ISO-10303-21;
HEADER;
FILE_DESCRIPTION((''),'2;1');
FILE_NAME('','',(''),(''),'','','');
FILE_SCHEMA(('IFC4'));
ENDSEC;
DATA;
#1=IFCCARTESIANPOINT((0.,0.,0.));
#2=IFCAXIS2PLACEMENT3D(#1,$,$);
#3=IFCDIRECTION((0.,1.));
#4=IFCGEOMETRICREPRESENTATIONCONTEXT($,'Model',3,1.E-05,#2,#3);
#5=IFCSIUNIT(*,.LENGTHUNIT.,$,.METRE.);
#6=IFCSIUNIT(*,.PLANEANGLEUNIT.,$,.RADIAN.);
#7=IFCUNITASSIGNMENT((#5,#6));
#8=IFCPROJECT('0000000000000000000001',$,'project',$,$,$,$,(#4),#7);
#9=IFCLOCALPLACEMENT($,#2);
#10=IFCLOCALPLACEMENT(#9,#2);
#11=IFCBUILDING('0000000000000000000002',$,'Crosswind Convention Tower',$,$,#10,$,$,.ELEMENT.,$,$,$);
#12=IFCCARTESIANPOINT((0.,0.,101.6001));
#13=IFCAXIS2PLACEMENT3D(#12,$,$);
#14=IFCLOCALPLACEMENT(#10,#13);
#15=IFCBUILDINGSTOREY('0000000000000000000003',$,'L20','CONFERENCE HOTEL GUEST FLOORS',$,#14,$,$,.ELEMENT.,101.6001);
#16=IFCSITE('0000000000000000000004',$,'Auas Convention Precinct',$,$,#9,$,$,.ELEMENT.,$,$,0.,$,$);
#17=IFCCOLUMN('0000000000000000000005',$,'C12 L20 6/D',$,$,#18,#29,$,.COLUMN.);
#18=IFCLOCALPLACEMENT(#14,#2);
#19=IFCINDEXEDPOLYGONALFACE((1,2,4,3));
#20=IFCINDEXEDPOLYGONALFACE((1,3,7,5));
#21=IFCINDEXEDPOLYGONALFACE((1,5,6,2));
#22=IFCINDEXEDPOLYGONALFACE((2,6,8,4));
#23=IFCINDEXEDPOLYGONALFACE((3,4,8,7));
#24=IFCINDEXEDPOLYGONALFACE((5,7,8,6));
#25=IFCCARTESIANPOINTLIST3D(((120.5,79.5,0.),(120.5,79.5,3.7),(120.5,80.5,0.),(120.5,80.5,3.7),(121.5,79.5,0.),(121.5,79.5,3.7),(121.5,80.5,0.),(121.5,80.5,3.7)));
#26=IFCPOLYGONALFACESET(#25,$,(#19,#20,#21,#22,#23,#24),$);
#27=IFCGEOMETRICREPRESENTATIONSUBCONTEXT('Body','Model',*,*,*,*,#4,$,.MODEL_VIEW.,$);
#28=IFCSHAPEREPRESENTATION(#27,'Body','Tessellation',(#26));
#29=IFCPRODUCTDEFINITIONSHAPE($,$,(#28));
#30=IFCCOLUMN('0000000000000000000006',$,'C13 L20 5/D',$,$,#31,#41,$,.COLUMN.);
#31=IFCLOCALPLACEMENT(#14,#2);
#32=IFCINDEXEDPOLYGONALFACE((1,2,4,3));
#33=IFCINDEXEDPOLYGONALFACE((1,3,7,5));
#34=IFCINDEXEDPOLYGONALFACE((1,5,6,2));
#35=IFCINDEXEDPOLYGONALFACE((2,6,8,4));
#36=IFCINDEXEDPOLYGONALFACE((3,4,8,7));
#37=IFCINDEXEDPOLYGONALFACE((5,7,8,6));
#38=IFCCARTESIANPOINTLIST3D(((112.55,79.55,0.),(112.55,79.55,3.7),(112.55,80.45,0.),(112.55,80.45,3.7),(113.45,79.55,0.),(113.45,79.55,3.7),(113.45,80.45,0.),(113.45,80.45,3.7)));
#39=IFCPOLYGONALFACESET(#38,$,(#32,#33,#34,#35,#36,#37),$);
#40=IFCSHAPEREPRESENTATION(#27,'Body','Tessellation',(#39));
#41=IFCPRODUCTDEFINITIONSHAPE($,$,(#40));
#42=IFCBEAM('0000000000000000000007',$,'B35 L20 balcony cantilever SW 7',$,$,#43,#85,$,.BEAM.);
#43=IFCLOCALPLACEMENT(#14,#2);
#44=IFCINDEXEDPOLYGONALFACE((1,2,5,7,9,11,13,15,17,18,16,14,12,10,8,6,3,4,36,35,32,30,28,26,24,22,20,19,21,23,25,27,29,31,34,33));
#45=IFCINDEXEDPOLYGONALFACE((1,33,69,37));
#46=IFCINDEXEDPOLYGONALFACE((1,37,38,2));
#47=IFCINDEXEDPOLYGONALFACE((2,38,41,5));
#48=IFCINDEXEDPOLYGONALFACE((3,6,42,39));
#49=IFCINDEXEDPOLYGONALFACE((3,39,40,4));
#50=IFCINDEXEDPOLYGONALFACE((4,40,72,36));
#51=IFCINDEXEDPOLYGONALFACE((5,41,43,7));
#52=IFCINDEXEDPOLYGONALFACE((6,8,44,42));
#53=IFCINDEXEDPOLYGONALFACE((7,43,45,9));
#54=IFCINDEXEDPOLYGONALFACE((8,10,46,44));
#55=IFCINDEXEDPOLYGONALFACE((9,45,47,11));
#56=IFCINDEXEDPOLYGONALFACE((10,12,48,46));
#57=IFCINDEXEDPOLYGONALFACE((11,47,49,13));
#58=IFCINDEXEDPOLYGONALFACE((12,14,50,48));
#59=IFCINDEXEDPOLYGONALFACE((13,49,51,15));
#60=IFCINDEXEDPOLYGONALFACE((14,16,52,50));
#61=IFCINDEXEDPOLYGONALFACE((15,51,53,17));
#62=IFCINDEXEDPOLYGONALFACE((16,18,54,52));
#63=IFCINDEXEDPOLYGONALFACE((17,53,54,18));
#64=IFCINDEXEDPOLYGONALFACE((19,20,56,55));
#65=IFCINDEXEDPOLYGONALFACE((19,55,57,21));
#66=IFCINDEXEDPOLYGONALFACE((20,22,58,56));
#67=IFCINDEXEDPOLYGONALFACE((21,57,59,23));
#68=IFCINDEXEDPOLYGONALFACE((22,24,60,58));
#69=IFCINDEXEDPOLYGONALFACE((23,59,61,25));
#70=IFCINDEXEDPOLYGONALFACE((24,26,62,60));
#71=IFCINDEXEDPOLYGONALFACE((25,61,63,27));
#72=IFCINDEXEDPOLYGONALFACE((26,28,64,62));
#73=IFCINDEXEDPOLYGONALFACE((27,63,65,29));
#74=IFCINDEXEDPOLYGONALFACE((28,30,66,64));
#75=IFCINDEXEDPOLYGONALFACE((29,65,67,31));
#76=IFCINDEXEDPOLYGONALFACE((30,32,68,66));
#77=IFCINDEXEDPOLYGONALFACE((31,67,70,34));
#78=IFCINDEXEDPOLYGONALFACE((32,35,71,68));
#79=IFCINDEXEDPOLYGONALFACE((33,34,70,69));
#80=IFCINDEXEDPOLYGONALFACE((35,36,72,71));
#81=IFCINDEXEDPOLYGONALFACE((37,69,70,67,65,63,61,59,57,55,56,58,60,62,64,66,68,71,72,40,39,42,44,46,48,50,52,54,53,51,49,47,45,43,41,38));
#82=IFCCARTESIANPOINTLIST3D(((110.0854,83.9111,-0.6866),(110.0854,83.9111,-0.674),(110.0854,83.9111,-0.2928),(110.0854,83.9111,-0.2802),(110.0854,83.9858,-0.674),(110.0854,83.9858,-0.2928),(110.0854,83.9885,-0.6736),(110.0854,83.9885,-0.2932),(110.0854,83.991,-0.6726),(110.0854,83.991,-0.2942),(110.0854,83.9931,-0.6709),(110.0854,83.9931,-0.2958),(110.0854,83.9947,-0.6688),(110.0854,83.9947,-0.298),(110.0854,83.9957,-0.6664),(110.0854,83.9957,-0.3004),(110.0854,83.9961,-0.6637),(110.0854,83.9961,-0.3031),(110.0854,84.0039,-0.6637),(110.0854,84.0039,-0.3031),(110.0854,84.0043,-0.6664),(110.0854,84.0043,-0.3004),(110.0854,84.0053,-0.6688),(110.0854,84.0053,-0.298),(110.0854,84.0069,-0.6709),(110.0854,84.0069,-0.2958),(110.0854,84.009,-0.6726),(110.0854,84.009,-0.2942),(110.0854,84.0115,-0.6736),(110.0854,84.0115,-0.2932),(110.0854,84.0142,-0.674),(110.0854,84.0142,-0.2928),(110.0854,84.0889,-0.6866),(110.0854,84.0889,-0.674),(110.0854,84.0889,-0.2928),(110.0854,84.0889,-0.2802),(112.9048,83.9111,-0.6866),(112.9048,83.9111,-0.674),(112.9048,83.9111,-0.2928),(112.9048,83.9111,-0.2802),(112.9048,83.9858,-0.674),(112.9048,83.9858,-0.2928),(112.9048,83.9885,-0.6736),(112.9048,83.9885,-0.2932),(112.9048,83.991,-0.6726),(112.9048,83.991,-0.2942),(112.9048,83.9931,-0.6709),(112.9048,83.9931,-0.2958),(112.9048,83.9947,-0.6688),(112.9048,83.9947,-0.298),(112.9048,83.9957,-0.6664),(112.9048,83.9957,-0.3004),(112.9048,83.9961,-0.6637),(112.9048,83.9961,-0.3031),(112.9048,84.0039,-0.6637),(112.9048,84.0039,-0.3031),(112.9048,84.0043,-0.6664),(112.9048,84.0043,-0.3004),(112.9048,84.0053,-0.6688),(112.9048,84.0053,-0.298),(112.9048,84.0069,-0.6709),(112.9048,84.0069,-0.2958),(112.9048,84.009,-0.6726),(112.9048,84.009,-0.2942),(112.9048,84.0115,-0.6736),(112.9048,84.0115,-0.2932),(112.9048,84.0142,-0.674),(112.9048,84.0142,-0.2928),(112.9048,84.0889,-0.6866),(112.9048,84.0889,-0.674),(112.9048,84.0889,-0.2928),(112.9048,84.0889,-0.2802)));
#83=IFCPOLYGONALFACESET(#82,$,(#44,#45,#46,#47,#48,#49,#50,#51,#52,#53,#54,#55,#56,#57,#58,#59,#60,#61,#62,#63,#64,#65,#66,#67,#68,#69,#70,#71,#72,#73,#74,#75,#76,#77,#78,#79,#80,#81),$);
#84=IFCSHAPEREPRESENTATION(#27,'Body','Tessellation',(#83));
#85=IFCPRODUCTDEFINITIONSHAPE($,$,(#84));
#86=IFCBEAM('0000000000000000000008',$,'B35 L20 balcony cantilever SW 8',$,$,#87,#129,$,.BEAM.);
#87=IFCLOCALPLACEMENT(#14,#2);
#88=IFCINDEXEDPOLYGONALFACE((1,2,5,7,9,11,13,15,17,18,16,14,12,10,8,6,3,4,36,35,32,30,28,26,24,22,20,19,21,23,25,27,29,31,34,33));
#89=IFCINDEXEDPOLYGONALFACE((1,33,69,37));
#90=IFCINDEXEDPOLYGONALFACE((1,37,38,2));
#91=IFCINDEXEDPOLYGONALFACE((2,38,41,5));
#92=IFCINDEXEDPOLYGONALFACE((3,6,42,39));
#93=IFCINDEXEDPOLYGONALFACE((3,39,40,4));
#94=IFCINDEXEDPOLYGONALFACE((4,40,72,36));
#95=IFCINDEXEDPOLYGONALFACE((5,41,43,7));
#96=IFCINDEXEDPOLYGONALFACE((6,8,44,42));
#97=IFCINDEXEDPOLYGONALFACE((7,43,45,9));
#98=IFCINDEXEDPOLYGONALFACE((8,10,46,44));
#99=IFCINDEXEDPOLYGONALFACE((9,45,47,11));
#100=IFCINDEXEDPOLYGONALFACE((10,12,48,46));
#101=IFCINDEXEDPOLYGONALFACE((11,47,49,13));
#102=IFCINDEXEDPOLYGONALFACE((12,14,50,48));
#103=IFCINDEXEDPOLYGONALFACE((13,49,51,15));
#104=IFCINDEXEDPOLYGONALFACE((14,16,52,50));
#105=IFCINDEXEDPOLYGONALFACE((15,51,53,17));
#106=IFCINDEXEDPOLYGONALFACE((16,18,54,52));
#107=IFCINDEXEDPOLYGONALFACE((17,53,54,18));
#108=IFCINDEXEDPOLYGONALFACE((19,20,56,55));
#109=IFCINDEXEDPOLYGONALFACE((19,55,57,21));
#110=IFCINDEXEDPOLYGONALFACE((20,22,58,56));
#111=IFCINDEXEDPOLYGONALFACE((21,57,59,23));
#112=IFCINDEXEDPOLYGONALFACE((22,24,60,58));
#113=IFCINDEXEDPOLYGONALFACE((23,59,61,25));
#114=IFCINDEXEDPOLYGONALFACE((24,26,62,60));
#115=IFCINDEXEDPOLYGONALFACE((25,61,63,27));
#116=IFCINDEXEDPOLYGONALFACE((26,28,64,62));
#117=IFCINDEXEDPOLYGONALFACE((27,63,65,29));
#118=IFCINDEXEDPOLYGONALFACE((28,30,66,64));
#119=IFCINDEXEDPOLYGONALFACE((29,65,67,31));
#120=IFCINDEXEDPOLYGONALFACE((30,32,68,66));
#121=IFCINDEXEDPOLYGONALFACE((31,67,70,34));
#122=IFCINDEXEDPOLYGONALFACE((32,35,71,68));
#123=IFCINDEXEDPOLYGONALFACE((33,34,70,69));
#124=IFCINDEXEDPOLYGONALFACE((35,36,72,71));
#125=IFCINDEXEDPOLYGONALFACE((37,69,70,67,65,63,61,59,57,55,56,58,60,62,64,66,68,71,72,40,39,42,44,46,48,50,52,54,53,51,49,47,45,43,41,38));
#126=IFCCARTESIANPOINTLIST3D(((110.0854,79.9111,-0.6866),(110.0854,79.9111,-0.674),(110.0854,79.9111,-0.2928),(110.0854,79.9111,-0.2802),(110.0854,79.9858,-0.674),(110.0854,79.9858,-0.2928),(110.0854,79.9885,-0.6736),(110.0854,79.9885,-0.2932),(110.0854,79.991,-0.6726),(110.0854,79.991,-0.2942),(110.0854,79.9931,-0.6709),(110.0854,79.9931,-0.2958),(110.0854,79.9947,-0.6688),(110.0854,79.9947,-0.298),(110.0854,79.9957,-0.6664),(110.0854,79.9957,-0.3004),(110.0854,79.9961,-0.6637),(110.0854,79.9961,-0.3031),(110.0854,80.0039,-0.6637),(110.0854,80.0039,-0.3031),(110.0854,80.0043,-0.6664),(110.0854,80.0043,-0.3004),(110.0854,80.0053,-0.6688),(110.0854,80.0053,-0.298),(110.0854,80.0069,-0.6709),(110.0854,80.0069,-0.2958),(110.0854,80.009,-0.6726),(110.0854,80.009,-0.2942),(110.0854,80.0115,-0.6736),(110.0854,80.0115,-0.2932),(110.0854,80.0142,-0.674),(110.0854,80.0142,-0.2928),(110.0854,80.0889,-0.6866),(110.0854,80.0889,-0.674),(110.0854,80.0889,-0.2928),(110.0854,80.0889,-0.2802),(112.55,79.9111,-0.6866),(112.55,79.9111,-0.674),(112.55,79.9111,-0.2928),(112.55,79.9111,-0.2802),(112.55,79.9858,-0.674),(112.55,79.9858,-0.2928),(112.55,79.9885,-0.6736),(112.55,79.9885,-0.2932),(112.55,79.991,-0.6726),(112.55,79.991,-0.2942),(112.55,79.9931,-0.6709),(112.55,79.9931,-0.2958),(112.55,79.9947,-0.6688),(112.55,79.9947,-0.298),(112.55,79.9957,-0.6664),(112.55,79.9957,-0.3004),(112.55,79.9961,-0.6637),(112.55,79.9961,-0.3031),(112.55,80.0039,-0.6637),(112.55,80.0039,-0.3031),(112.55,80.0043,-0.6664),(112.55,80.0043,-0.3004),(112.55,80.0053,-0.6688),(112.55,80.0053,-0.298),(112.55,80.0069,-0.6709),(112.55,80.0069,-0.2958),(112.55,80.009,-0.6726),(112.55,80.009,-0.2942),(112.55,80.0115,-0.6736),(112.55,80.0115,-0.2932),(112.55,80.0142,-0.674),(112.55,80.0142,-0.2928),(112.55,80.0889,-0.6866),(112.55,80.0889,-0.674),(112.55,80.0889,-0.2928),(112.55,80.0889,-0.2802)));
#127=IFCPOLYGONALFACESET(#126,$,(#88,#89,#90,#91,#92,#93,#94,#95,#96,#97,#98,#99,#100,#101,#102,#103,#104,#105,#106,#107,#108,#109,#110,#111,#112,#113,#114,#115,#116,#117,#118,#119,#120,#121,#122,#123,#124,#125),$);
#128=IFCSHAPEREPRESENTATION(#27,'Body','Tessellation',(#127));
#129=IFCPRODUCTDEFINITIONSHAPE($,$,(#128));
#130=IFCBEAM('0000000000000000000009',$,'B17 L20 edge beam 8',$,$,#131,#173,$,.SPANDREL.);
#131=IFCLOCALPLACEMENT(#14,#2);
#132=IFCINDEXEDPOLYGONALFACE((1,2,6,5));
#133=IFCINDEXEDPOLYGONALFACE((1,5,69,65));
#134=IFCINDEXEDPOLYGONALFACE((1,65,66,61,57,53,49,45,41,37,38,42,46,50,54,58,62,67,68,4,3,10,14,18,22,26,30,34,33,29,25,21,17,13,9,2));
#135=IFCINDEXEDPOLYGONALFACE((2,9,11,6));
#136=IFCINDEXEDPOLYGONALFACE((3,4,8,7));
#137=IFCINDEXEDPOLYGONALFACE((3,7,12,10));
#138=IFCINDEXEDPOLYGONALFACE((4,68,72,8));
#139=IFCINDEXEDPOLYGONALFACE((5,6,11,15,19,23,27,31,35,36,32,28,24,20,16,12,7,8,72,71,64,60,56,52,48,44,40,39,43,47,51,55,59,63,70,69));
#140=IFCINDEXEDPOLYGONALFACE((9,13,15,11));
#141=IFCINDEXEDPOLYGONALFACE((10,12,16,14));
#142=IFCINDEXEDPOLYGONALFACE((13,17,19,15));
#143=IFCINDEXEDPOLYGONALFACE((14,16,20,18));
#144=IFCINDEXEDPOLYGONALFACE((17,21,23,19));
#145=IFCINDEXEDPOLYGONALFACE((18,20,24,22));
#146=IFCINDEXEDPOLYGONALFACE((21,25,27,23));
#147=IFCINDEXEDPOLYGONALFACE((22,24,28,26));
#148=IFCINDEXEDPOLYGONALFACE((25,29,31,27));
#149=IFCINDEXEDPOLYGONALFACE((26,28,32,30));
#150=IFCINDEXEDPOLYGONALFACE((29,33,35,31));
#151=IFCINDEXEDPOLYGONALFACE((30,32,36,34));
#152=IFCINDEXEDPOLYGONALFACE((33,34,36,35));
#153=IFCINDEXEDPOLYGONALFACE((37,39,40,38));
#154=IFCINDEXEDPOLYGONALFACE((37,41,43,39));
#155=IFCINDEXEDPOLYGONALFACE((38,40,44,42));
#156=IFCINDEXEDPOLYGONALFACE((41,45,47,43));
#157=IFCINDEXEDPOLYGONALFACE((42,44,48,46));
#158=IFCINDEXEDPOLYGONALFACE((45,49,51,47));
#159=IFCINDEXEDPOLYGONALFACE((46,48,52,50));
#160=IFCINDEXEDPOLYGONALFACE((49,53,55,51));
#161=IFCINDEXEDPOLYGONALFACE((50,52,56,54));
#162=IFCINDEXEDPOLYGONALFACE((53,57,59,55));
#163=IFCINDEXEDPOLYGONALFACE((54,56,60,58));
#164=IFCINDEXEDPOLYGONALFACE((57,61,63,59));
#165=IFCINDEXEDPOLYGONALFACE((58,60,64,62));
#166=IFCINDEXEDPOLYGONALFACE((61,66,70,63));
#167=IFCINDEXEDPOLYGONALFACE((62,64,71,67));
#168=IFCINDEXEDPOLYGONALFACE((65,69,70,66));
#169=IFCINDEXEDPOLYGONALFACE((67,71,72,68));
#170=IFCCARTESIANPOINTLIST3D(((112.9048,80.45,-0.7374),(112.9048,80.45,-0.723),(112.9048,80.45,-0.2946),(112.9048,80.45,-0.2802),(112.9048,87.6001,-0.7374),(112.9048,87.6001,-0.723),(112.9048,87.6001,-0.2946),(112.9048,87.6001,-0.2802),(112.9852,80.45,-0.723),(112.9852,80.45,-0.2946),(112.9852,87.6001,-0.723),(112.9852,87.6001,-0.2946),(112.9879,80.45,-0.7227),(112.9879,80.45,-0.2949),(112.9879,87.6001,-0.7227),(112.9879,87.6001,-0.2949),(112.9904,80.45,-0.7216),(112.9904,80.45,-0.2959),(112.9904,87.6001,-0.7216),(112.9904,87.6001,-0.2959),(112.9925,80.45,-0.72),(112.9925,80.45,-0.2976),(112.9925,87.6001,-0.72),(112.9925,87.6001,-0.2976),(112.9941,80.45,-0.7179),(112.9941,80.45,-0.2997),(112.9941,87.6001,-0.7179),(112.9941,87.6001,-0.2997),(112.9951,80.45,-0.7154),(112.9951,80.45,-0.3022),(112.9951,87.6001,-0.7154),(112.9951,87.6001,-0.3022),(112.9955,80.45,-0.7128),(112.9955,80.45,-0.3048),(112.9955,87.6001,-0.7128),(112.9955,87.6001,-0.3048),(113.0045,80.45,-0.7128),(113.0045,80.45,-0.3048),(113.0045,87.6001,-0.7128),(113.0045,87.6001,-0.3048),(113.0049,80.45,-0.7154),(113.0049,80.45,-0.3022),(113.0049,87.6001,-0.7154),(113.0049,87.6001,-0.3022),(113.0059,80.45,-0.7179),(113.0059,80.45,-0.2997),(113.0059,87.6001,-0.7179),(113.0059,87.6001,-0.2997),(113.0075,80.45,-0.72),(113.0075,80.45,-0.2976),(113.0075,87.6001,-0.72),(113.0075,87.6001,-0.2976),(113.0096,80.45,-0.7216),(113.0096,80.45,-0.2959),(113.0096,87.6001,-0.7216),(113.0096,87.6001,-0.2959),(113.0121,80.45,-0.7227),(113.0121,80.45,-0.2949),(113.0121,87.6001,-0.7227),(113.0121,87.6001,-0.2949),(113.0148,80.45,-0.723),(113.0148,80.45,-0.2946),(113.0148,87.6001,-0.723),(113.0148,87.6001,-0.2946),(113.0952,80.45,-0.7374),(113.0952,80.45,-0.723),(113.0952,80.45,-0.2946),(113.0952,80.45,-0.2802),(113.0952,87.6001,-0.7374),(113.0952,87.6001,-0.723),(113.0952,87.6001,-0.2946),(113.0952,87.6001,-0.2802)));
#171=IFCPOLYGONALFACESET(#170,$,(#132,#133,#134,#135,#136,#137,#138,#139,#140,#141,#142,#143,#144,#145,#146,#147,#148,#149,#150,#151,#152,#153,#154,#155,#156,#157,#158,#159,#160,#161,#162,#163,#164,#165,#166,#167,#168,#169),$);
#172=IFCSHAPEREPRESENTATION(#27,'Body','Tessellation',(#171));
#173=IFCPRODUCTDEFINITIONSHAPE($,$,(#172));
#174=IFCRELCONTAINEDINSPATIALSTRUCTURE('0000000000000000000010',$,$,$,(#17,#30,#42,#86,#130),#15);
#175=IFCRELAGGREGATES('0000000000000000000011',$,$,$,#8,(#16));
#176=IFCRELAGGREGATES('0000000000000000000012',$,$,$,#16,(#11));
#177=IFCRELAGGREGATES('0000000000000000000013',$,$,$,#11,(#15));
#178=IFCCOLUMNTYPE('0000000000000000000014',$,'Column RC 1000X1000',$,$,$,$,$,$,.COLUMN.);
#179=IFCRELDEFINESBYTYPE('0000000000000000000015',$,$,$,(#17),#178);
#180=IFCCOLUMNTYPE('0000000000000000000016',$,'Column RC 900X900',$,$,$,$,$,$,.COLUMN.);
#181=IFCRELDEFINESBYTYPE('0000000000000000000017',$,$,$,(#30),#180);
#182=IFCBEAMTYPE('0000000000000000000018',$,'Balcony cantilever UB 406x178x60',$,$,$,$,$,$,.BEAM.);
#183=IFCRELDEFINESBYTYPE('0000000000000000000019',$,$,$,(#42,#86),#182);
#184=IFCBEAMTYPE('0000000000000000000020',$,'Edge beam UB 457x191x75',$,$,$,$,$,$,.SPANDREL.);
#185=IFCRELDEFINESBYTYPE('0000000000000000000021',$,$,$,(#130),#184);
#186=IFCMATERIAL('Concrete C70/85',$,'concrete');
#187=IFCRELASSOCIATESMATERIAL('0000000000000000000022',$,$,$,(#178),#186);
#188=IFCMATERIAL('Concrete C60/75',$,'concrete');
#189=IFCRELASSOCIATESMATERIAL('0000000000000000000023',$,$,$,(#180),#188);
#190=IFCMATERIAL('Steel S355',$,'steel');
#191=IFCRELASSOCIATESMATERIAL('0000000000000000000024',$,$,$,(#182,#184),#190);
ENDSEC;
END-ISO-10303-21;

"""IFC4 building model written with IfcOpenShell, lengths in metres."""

from ifc_helpers import new_model, si_unit, direction, frame, origin, origin_2d, place, context, subcontext, project, spatial, rectangle, i_section, extrude, material, material_profile, profile_set, type_object, element, save


model = new_model("IFC4")

# Units and contexts
model_context = context("Model", 3, precision=1e-05, world=origin(), true_north=direction((0.0, 1.0)))
body_context = subcontext(model_context, "Body", "Model", "MODEL_VIEW")
ifc_project = project(units=[si_unit("LENGTHUNIT", "METRE"), si_unit("PLANEANGLEUNIT", "RADIAN")], contexts=[model_context])

# Site, building, storey
site_placement = place(None, origin())
site = spatial("IfcSite", under=ifc_project, at=site_placement, Name="Auas Convention Precinct", CompositionType="ELEMENT", RefElevation=0.0)
building_placement = place(site_placement, origin())
building = spatial("IfcBuilding", under=site, at=building_placement, Name="Crosswind Convention Tower", CompositionType="ELEMENT")
storey_placement = place(building_placement, frame((0.0, 0.0, 101.6001)))
storey = spatial("IfcBuildingStorey", under=building, at=storey_placement, Name="L20", Description="CONFERENCE HOTEL GUEST FLOORS", CompositionType="ELEMENT", Elevation=101.6001)

# Columns
ifc_material_1 = material(Name="Concrete C70/85", Category="concrete")
ifc_material_profile_1 = material_profile(ifc_material_1, rectangle(XDim=1.0, YDim=1.0, at=origin_2d()), Name="RC 1000X1000")
ifc_profile_set_1 = profile_set([ifc_material_profile_1], Name="Concrete C70/85")
column_type_1 = type_object("IfcColumnType", Name="Column RC 1000X1000", PredefinedType="COLUMN", material=ifc_profile_set_1)
column_1_placement = place(storey_placement, frame((121.0, 80.0, 0.0), z_axis=(0.0, 0.0, 1.0), x_axis=(1.0, 0.0, 0.0)))
element("IfcColumn", 1, at=column_1_placement, inside=storey, type_object=column_type_1, Name="C12 L20 6/D", PredefinedType="COLUMN", context=body_context, shape_type="SweptSolid", body=[
    extrude(rectangle(XDim=1.0, YDim=1.0, at=origin_2d()), origin(), (0.0, 0.0, 1.0), 3.7),
])
ifc_material_2 = material(Name="Concrete C60/75", Category="concrete")
ifc_material_profile_2 = material_profile(ifc_material_2, rectangle(XDim=0.8999, YDim=0.8999, at=origin_2d()), Name="RC 900X900")
ifc_profile_set_2 = profile_set([ifc_material_profile_2], Name="Concrete C60/75")
column_type_2 = type_object("IfcColumnType", Name="Column RC 900X900", PredefinedType="COLUMN", material=ifc_profile_set_2)
column_2_placement = place(storey_placement, frame((113.0, 80.0, 0.0), z_axis=(0.0, 0.0, 1.0), x_axis=(1.0, 0.0, 0.0)))
element("IfcColumn", 2, at=column_2_placement, inside=storey, type_object=column_type_2, Name="C13 L20 5/D", PredefinedType="COLUMN", context=body_context, shape_type="SweptSolid", body=[
    extrude(rectangle(XDim=0.8999, YDim=0.8999, at=origin_2d()), origin(), (0.0, 0.0, 1.0), 3.7),
])

# Beams
ifc_material_3 = material(Name="Steel S355", Category="steel")
ifc_material_profile_3 = material_profile(ifc_material_3, i_section(OverallWidth=0.1777, OverallDepth=0.4065, WebThickness=0.0078, FlangeThickness=0.0127, FilletRadius=0.0103, at=origin_2d()), Name="UB 406x178x60")
ifc_profile_set_3 = profile_set([ifc_material_profile_3], Name="Steel S355")
beam_type_1 = type_object("IfcBeamType", Name="Balcony cantilever UB 406x178x60", PredefinedType="BEAM", material=ifc_profile_set_3)
beam_1_placement = place(storey_placement, frame((112.9048, 84.0, -0.4834), z_axis=(-1.0, 0.0, 0.0), x_axis=(0.0, -1.0, 0.0)))
element("IfcBeam", 3, at=beam_1_placement, inside=storey, type_object=beam_type_1, Name="B35 L20 balcony cantilever SW 7", PredefinedType="BEAM", context=body_context, shape_type="SweptSolid", body=[
    extrude(i_section(OverallWidth=0.1777, OverallDepth=0.4065, WebThickness=0.0078, FlangeThickness=0.0127, FilletRadius=0.0103, at=origin_2d()), origin(), (0.0, 0.0, 1.0), 2.8193),
])
beam_2_placement = place(storey_placement, frame((112.55, 80.0, -0.4834), z_axis=(-1.0, 0.0, 0.0), x_axis=(0.0, -1.0, 0.0)))
element("IfcBeam", 4, at=beam_2_placement, inside=storey, type_object=beam_type_1, Name="B35 L20 balcony cantilever SW 8", PredefinedType="BEAM", context=body_context, shape_type="SweptSolid", body=[
    extrude(i_section(OverallWidth=0.1777, OverallDepth=0.4065, WebThickness=0.0078, FlangeThickness=0.0127, FilletRadius=0.0103, at=origin_2d()), origin(), (0.0, 0.0, 1.0), 2.4646),
])
ifc_material_profile_4 = material_profile(ifc_material_3, i_section(OverallWidth=0.1904, OverallDepth=0.4573, WebThickness=0.009, FlangeThickness=0.0144, FilletRadius=0.0103, at=origin_2d()), Name="UB 457x191x75")
ifc_profile_set_4 = profile_set([ifc_material_profile_4], Name="Steel S355")
beam_type_2 = type_object("IfcBeamType", Name="Edge beam UB 457x191x75", PredefinedType="SPANDREL", material=ifc_profile_set_4)
beam_3_placement = place(storey_placement, frame((113.0, 80.45, -0.5088), z_axis=(0.0, 1.0, 0.0), x_axis=(-1.0, 0.0, 0.0)))
element("IfcBeam", 5, at=beam_3_placement, inside=storey, type_object=beam_type_2, Name="B17 L20 edge beam 8", PredefinedType="SPANDREL", context=body_context, shape_type="SweptSolid", body=[
    extrude(i_section(OverallWidth=0.1904, OverallDepth=0.4573, WebThickness=0.009, FlangeThickness=0.0144, FilletRadius=0.0103, at=origin_2d()), origin(), (0.0, 0.0, 1.0), 7.1501),
])

save(model, "model.ifc")
